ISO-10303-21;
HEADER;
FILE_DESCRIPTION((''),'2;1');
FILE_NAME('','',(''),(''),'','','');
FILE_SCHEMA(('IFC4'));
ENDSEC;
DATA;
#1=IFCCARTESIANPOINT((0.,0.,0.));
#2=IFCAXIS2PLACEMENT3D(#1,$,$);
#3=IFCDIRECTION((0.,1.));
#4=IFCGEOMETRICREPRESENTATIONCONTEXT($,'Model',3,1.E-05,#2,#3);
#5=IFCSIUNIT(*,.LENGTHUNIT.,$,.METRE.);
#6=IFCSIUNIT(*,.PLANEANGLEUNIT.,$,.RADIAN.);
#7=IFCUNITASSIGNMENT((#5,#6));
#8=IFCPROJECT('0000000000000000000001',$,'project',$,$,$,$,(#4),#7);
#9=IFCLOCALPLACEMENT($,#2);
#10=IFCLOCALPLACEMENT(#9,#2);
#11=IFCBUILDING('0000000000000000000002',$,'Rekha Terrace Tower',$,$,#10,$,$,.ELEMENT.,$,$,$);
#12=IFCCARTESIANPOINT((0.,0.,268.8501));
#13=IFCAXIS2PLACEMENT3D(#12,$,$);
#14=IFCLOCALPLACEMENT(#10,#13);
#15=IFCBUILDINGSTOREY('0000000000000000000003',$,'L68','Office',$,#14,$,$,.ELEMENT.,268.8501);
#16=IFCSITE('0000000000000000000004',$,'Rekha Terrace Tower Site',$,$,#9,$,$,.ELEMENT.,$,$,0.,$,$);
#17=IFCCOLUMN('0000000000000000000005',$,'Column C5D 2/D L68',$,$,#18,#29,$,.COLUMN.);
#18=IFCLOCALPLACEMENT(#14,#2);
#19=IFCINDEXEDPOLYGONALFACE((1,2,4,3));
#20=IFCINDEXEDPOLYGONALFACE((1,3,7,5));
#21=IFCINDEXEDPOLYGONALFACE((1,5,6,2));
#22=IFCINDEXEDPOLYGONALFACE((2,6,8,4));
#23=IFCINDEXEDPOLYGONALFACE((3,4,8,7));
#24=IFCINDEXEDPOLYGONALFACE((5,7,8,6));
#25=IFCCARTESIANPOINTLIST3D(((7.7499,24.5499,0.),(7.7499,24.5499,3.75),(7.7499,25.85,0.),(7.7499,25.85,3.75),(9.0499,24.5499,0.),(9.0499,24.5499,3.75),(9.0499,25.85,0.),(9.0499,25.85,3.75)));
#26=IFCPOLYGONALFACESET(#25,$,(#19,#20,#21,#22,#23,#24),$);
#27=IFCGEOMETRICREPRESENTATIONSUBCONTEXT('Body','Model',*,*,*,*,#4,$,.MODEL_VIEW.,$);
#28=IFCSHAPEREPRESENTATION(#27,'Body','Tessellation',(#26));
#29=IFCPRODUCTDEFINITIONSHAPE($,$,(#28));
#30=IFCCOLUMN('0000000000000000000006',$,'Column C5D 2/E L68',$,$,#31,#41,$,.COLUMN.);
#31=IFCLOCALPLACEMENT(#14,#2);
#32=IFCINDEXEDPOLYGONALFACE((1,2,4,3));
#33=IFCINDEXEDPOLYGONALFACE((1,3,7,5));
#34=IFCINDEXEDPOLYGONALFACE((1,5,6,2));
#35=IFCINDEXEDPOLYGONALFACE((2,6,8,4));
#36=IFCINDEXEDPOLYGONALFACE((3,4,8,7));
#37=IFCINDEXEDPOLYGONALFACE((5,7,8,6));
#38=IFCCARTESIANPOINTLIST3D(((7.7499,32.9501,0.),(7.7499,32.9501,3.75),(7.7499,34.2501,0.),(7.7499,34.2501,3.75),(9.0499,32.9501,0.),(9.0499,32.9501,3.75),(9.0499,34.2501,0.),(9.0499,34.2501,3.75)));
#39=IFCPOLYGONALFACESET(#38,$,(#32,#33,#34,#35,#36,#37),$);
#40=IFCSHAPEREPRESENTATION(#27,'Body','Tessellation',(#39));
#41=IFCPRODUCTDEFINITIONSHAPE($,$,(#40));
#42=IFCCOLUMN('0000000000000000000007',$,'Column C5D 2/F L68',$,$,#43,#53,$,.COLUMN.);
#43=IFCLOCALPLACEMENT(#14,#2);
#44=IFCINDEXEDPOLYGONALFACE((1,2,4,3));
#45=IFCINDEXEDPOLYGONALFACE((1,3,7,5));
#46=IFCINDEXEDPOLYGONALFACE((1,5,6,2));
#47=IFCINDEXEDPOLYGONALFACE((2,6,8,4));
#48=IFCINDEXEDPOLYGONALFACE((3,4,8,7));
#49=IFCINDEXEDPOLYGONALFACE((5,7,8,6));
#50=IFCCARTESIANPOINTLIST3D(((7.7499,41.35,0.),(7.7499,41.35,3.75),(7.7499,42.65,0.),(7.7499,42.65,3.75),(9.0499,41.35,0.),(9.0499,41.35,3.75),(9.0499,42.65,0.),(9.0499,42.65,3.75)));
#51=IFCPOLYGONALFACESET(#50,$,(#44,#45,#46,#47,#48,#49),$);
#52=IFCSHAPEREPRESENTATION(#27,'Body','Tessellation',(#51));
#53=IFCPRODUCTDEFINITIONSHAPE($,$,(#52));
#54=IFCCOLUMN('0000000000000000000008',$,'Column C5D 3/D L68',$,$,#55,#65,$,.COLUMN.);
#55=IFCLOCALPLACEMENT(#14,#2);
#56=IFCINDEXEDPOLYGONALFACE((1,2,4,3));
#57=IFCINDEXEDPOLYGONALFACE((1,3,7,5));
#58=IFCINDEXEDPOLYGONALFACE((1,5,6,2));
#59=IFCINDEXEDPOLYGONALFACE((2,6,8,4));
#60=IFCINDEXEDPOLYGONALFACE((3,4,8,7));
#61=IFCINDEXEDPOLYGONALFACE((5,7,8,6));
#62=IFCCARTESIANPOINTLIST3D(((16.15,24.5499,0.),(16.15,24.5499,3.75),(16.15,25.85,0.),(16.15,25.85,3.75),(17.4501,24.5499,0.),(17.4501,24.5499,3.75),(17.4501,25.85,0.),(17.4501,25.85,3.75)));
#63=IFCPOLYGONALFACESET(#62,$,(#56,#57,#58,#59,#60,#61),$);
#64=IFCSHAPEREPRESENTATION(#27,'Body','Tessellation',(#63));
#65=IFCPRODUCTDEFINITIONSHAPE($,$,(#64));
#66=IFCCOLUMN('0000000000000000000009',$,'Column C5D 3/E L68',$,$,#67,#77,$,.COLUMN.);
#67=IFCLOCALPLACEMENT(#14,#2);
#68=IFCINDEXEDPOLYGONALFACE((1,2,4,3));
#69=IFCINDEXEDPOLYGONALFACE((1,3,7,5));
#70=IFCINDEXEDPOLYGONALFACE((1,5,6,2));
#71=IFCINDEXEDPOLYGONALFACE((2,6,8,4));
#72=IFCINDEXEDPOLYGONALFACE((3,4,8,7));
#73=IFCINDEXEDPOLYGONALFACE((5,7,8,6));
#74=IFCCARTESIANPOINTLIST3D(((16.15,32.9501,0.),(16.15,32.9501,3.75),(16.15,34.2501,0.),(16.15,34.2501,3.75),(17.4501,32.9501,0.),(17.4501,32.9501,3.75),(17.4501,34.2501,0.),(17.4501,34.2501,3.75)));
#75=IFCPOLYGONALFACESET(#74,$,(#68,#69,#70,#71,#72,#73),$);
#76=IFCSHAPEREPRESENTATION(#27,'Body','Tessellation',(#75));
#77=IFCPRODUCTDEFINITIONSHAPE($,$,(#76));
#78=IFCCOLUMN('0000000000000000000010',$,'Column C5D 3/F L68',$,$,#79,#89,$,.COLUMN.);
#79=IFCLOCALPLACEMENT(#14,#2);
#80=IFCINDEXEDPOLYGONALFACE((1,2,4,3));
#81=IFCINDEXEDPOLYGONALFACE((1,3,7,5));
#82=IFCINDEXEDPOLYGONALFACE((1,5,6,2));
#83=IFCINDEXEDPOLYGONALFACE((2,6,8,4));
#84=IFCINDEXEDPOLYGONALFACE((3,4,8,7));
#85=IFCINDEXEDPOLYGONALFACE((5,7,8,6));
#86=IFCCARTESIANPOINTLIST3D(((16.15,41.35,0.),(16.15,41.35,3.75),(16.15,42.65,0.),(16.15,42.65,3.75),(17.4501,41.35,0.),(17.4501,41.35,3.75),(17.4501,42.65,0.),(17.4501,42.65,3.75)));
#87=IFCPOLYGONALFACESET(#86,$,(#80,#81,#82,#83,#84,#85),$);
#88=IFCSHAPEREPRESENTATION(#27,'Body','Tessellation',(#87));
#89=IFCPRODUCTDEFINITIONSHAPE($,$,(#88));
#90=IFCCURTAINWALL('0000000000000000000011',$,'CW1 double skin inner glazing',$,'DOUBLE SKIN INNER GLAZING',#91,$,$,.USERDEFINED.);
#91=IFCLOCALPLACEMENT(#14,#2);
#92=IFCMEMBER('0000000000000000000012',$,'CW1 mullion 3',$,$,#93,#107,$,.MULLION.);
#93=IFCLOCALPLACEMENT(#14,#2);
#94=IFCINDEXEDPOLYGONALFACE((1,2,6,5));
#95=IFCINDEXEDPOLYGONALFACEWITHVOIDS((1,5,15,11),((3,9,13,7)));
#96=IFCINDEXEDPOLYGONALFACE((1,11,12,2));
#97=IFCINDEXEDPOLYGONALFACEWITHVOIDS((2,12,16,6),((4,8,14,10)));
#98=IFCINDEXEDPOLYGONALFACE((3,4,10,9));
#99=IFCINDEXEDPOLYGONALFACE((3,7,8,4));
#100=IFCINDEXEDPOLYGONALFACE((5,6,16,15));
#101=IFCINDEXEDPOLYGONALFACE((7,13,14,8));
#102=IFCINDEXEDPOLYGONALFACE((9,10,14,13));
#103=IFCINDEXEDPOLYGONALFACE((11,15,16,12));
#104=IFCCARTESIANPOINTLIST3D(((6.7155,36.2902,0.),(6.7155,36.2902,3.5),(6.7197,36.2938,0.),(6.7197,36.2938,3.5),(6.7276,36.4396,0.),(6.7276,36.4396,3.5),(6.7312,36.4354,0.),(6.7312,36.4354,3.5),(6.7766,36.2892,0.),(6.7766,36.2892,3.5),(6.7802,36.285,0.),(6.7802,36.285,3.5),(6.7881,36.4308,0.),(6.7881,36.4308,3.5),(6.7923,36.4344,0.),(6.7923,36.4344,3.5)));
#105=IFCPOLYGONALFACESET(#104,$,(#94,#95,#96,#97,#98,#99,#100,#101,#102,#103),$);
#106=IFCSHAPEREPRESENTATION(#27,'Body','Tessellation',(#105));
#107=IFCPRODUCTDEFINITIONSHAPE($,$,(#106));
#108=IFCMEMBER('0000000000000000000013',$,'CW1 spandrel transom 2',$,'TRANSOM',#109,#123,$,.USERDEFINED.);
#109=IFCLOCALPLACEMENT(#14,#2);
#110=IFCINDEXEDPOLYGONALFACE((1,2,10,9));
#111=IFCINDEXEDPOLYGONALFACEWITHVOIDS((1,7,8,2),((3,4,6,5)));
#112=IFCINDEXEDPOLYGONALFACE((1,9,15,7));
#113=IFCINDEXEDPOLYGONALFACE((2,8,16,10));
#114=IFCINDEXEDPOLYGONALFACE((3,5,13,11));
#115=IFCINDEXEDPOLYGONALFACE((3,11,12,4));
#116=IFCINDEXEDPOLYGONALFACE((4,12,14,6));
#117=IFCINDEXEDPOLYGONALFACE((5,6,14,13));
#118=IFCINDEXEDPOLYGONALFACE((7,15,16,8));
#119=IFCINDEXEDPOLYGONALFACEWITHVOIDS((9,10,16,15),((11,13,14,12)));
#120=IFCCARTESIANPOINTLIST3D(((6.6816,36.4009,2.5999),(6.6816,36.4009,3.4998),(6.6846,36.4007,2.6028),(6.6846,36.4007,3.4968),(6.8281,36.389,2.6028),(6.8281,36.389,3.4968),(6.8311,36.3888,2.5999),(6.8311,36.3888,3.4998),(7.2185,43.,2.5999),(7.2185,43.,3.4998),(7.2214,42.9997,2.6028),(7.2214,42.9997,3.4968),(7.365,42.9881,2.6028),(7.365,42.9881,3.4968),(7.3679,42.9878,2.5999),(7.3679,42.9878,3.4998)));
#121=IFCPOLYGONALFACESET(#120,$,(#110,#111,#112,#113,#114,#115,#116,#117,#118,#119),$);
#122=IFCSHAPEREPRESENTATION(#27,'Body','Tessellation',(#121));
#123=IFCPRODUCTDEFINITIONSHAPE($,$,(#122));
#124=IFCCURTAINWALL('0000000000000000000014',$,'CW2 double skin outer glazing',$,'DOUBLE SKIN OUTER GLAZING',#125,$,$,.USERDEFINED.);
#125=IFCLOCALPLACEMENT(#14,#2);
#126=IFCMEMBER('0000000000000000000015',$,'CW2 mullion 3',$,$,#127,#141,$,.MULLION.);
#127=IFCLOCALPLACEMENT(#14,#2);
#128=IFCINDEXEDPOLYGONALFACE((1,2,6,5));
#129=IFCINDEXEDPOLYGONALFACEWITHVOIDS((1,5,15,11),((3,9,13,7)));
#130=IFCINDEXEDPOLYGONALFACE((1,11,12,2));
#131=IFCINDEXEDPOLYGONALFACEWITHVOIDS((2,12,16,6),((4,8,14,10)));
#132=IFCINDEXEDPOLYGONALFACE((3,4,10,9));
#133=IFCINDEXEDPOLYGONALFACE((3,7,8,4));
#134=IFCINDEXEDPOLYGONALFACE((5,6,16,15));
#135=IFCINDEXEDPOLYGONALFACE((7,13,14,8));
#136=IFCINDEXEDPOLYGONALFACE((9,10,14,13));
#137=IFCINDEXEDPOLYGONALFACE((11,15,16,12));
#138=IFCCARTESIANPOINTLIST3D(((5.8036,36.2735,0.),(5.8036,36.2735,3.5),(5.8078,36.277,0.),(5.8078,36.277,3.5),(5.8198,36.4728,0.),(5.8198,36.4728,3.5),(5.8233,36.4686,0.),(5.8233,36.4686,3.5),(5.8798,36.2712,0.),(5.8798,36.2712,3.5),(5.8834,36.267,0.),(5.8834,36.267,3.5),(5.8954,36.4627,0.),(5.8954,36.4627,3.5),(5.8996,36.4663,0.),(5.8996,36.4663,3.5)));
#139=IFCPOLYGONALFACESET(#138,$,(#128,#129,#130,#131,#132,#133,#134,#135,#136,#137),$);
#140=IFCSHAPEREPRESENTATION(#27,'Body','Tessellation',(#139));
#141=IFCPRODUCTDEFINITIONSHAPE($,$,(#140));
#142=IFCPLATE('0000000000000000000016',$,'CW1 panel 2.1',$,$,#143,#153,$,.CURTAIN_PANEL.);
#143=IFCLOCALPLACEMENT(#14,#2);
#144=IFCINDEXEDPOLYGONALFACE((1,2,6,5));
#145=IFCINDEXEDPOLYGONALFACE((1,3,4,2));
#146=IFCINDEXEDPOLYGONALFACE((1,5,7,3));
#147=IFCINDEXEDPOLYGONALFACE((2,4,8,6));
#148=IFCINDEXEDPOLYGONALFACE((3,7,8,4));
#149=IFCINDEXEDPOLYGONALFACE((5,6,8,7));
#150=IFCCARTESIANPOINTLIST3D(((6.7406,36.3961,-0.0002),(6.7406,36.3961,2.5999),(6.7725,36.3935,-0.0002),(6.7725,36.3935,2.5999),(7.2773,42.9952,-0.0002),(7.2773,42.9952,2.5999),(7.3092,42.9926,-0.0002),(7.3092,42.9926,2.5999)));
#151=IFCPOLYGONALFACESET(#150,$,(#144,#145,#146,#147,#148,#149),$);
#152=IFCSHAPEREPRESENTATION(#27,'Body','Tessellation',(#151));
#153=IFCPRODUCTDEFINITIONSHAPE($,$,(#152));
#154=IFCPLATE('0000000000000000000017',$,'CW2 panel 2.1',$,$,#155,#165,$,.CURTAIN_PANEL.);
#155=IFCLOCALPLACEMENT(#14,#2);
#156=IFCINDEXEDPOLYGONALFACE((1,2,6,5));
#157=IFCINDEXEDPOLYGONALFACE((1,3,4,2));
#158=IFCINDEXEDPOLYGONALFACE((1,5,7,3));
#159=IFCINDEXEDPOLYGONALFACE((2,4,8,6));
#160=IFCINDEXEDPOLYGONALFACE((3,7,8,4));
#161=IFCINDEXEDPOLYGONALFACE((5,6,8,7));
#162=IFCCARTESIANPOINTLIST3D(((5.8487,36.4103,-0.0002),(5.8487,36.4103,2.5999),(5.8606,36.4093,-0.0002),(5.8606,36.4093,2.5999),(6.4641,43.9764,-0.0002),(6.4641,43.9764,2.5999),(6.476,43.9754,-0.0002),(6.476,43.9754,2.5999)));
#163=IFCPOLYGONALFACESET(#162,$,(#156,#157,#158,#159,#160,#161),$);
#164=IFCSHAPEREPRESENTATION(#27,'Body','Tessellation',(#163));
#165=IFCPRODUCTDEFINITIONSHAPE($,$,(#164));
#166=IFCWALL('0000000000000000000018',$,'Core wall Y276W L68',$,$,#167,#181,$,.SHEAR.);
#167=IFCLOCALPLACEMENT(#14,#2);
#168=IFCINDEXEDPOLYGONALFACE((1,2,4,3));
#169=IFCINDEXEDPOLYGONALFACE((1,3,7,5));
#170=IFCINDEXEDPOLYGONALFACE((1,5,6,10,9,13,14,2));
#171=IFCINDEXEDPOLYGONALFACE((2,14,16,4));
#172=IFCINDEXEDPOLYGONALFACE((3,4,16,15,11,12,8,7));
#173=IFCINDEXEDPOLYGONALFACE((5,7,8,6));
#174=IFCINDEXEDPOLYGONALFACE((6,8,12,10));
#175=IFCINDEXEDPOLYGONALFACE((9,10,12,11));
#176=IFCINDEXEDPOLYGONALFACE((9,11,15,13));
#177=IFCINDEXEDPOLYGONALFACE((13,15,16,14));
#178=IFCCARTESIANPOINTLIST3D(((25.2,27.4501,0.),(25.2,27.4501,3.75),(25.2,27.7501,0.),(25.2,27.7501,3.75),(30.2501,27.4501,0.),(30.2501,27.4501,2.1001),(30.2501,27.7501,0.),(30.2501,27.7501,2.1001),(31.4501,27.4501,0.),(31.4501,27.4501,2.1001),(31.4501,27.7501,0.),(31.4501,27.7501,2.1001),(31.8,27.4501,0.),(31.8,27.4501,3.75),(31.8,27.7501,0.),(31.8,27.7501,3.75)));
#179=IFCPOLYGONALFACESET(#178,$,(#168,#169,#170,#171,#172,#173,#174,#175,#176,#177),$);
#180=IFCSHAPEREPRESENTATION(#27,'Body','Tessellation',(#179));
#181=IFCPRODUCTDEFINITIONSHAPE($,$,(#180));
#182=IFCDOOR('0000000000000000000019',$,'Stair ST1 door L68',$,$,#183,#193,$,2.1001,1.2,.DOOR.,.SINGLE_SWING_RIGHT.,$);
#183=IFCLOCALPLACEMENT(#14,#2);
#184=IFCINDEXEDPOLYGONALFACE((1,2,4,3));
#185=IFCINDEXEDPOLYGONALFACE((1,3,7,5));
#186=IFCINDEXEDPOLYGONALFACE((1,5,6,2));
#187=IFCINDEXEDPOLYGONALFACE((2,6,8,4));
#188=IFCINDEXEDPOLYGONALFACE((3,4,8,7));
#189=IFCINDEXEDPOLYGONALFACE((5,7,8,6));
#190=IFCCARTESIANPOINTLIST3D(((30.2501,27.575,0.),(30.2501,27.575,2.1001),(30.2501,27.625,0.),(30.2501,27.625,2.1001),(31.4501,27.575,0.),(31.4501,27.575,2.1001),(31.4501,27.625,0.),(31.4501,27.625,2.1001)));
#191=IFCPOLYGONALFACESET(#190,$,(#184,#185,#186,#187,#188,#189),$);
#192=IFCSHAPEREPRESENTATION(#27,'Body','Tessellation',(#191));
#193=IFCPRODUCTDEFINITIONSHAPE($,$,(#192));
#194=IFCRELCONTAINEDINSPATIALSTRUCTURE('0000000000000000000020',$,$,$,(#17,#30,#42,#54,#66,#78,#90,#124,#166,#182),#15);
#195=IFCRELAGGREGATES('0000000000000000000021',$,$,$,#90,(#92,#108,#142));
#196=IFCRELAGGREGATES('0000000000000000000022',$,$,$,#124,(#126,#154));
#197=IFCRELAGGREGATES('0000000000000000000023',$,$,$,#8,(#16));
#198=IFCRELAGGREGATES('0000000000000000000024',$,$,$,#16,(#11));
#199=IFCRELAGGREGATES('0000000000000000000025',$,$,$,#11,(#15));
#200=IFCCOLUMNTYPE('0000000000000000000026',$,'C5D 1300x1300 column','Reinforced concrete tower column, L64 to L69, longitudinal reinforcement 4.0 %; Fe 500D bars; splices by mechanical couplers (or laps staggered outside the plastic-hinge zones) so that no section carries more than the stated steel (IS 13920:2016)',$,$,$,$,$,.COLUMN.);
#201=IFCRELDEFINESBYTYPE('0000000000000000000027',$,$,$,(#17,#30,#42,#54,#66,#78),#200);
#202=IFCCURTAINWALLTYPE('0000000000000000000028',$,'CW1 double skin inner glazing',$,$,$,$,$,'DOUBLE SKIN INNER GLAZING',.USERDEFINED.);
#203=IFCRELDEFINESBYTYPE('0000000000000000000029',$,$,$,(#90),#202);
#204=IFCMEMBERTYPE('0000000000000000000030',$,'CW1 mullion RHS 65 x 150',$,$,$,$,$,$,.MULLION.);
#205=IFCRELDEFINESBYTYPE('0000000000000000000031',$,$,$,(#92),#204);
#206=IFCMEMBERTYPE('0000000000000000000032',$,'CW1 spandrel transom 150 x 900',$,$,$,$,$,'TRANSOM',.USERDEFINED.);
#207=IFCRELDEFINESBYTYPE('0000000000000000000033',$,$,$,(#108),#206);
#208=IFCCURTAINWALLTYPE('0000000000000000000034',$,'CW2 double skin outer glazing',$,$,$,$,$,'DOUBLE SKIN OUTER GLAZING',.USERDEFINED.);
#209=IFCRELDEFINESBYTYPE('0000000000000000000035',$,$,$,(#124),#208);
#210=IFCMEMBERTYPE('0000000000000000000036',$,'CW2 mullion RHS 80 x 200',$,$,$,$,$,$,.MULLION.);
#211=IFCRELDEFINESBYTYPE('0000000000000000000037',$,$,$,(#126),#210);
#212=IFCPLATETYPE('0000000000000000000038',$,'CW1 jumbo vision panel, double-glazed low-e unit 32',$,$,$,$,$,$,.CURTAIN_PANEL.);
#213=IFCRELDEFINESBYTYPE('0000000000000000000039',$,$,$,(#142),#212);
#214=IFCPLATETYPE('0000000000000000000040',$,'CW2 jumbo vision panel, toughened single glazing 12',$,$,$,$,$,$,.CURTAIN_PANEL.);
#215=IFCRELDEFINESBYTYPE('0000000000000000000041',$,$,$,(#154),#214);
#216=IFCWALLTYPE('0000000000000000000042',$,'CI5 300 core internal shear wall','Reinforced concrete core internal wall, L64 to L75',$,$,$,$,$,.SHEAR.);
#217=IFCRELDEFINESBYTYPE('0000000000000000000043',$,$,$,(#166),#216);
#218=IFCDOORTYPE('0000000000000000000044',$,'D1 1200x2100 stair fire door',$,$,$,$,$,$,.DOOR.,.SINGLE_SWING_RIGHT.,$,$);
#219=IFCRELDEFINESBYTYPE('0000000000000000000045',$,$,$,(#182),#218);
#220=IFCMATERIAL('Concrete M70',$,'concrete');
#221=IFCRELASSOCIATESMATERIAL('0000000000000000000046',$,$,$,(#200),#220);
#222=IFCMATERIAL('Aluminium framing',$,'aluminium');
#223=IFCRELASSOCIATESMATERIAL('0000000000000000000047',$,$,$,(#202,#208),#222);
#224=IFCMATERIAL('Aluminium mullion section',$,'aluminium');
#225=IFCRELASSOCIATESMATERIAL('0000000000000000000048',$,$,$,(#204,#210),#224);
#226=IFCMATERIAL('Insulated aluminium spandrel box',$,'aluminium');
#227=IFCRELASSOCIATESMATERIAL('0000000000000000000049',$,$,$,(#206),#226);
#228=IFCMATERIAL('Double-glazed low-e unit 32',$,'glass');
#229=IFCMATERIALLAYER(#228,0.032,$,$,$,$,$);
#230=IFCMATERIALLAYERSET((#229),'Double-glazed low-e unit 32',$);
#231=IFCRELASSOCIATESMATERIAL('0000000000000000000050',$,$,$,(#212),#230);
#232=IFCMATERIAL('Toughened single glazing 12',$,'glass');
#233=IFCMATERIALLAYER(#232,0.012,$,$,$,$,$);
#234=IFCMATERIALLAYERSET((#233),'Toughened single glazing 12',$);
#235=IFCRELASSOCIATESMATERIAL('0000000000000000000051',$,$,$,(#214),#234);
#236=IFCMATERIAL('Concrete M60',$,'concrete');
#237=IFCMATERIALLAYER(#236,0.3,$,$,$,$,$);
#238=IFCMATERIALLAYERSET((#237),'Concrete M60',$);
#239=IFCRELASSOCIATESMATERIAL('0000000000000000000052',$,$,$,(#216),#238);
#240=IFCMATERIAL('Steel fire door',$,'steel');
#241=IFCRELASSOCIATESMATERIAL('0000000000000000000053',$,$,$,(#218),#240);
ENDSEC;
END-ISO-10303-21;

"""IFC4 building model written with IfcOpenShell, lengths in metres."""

from ifc_helpers import new_model, si_unit, direction, frame, frame_2d, origin, origin_2d, place, context, subcontext, project, spatial, rectangle, hollow_rectangle, extrude, material, layer, layer_set, material_profile, profile_set, type_object, element, fill, aggregate, save


model = new_model("IFC4")

# Units and contexts
model_context = context("Model", 3, precision=1e-05, world=origin(), true_north=direction((0.0, 1.0)))
body_context = subcontext(model_context, "Body", "Model", "MODEL_VIEW")
ifc_project = project(units=[si_unit("LENGTHUNIT", "METRE"), si_unit("PLANEANGLEUNIT", "RADIAN")], contexts=[model_context])

# Site, building, storey
site_placement = place(None, origin())
site = spatial("IfcSite", under=ifc_project, at=site_placement, Name="Rekha Terrace Tower Site", CompositionType="ELEMENT", RefElevation=0.0)
building_placement = place(site_placement, origin())
building = spatial("IfcBuilding", under=site, at=building_placement, Name="Rekha Terrace Tower", CompositionType="ELEMENT")
storey_placement = place(building_placement, frame((0.0, 0.0, 268.8501)))
storey = spatial("IfcBuildingStorey", under=building, at=storey_placement, Name="L68", Description="Office", CompositionType="ELEMENT", Elevation=268.8501)

# Columns
ifc_material_1 = material(Name="Concrete M70", Category="concrete")
ifc_material_profile_1 = material_profile(ifc_material_1, rectangle(XDim=1.3, YDim=1.3, at=origin_2d()), Name="RC 1300x1300")
ifc_profile_set_1 = profile_set([ifc_material_profile_1], Name="Concrete M70")
column_type = type_object("IfcColumnType", Name="C5D 1300x1300 column", Description="Reinforced concrete tower column, L64 to L69, longitudinal reinforcement 4.0 %; Fe 500D bars; splices by mechanical couplers (or laps staggered outside the plastic-hinge zones) so that no section carries more than the stated steel (IS 13920:2016)", PredefinedType="COLUMN", material=ifc_profile_set_1)
for number, where, z_axis, x_axis, name in (
    (1, (8.3999, 25.2, 0.0), (0.0, 0.0, 1.0), (1.0, 0.0, 0.0), "Column C5D 2/D L68"),
    (2, (8.3999, 33.6001, 0.0), (0.0, 0.0, 1.0), (1.0, 0.0, 0.0), "Column C5D 2/E L68"),
    (3, (8.3999, 42.0, 0.0), (0.0, 0.0, 1.0), (1.0, 0.0, 0.0), "Column C5D 2/F L68"),
    (4, (16.8, 25.2, 0.0), (0.0, 0.0, 1.0), (1.0, 0.0, 0.0), "Column C5D 3/D L68"),
    (5, (16.8, 33.6001, 0.0), (0.0, 0.0, 1.0), (1.0, 0.0, 0.0), "Column C5D 3/E L68"),
    (6, (16.8, 42.0, 0.0), (0.0, 0.0, 1.0), (1.0, 0.0, 0.0), "Column C5D 3/F L68"),
):
    element("IfcColumn", number, at=place(storey_placement, frame(where, z_axis=z_axis, x_axis=x_axis)), inside=storey, type_object=column_type, Name=name, PredefinedType="COLUMN", context=body_context, shape_type="SweptSolid", body=[
        extrude(rectangle(XDim=1.3, YDim=1.3, at=origin_2d()), origin(), (0.0, 0.0, 1.0), 3.75),
    ])

# Curtain wall, members
ifc_material_2 = material(Name="Aluminium framing", Category="aluminium")
curtain_wall_type_1 = type_object("IfcCurtainWallType", Name="CW1 double skin inner glazing", ElementType="DOUBLE SKIN INNER GLAZING", PredefinedType="USERDEFINED", material=ifc_material_2)
curtain_wall_1_placement = place(storey_placement, origin())
curtain_wall_1 = element("IfcCurtainWall", 7, at=curtain_wall_1_placement, inside=storey, type_object=curtain_wall_type_1, Name="CW1 double skin inner glazing", ObjectType="DOUBLE SKIN INNER GLAZING", PredefinedType="USERDEFINED")
ifc_material_3 = material(Name="Aluminium mullion section", Category="aluminium")
ifc_material_profile_2 = material_profile(ifc_material_3, hollow_rectangle(XDim=0.0649, YDim=0.1499, WallThickness=0.0039, at=origin_2d()), Name="AL RHS 65x150")
ifc_profile_set_2 = profile_set([ifc_material_profile_2], Name="Aluminium mullion section")
member_type_1 = type_object("IfcMemberType", Name="CW1 mullion RHS 65 x 150", PredefinedType="MULLION", material=ifc_profile_set_2)
member_1_placement = place(storey_placement, frame((6.7539, 36.3623, 0.0), z_axis=(0.0, 0.0, 1.0), x_axis=(0.996709, -0.081068, 0.0)))
member_1 = element("IfcMember", 8, at=member_1_placement, type_object=member_type_1, Name="CW1 mullion 3", PredefinedType="MULLION", context=body_context, shape_type="SweptSolid", body=[
    extrude(hollow_rectangle(XDim=0.0649, YDim=0.1499, WallThickness=0.0039, at=origin_2d()), origin(), (0.0, 0.0, 1.0), 3.5),
])
ifc_material_4 = material(Name="Insulated aluminium spandrel box", Category="aluminium")
ifc_material_profile_3 = material_profile(ifc_material_4, hollow_rectangle(XDim=0.1499, YDim=0.8999, WallThickness=0.0029, at=origin_2d()), Name="AL SPANDREL BOX 150x900")
ifc_profile_set_3 = profile_set([ifc_material_profile_3], Name="Insulated aluminium spandrel box")
member_type_2 = type_object("IfcMemberType", Name="CW1 spandrel transom 150 x 900", ElementType="TRANSOM", PredefinedType="USERDEFINED", material=ifc_profile_set_3)
member_2_placement = place(storey_placement, frame((7.2932, 42.9939, 3.0498), z_axis=(-0.081086, -0.996707, 0.0), x_axis=(0.996707, -0.081086, 0.0)))
member_2 = element("IfcMember", 9, at=member_2_placement, type_object=member_type_2, Name="CW1 spandrel transom 2", ObjectType="TRANSOM", PredefinedType="USERDEFINED", context=body_context, shape_type="SweptSolid", body=[
    extrude(hollow_rectangle(XDim=0.1499, YDim=0.8999, WallThickness=0.0029, at=origin_2d()), origin(), (0.0, 0.0, 1.0), 6.6208),
])

# Curtain wall, member
curtain_wall_type_2 = type_object("IfcCurtainWallType", Name="CW2 double skin outer glazing", ElementType="DOUBLE SKIN OUTER GLAZING", PredefinedType="USERDEFINED", material=ifc_material_2)
curtain_wall_2_placement = place(storey_placement, origin())
curtain_wall_2 = element("IfcCurtainWall", 10, at=curtain_wall_2_placement, inside=storey, type_object=curtain_wall_type_2, Name="CW2 double skin outer glazing", ObjectType="DOUBLE SKIN OUTER GLAZING", PredefinedType="USERDEFINED")
ifc_material_profile_4 = material_profile(ifc_material_3, hollow_rectangle(XDim=0.0801, YDim=0.2, WallThickness=0.0039, at=origin_2d()), Name="AL RHS 80x200")
ifc_profile_set_4 = profile_set([ifc_material_profile_4], Name="Aluminium mullion section")
member_type_3 = type_object("IfcMemberType", Name="CW2 mullion RHS 80 x 200", PredefinedType="MULLION", material=ifc_profile_set_4)
member_3_placement = place(storey_placement, frame((5.8516, 36.3699, 0.0), z_axis=(0.0, 0.0, 1.0), x_axis=(0.996709, -0.081068, 0.0)))
member_3 = element("IfcMember", 11, at=member_3_placement, type_object=member_type_3, Name="CW2 mullion 3", PredefinedType="MULLION", context=body_context, shape_type="SweptSolid", body=[
    extrude(hollow_rectangle(XDim=0.0801, YDim=0.2, WallThickness=0.0039, at=origin_2d()), origin(), (0.0, 0.0, 1.0), 3.5),
])

# Plates
ifc_material_5 = material(Name="Double-glazed low-e unit 32", Category="glass")
ifc_layer_1 = layer(ifc_material_5, 0.032)
ifc_layer_set_1 = layer_set([ifc_layer_1], Name="Double-glazed low-e unit 32")
plate_type_1 = type_object("IfcPlateType", Name="CW1 jumbo vision panel, double-glazed low-e unit 32", PredefinedType="CURTAIN_PANEL", material=ifc_layer_set_1)
plate_1_placement = place(storey_placement, frame((7.0249, 39.6943, -0.0002), z_axis=(0.0, 0.0, 1.0), x_axis=(-0.081068, -0.996709, 0.0)))
plate_1 = element("IfcPlate", 12, at=plate_1_placement, type_object=plate_type_1, Name="CW1 panel 2.1", PredefinedType="CURTAIN_PANEL", context=body_context, shape_type="SweptSolid", body=[
    extrude(rectangle(XDim=6.6208, YDim=0.032, at=origin_2d()), origin(), (0.0, 0.0, 1.0), 2.6001),
])
aggregate(curtain_wall_1, [member_1, member_2, plate_1])
ifc_material_6 = material(Name="Toughened single glazing 12", Category="glass")
ifc_layer_2 = layer(ifc_material_6, 0.012)
ifc_layer_set_2 = layer_set([ifc_layer_2], Name="Toughened single glazing 12")
plate_type_2 = type_object("IfcPlateType", Name="CW2 jumbo vision panel, toughened single glazing 12", PredefinedType="CURTAIN_PANEL", material=ifc_layer_set_2)
plate_2_placement = place(storey_placement, frame((6.1624, 40.1929, -0.0002), z_axis=(0.0, 0.0, 1.0), x_axis=(-0.081068, -0.996709, 0.0)))
plate_2 = element("IfcPlate", 13, at=plate_2_placement, type_object=plate_type_2, Name="CW2 panel 2.1", PredefinedType="CURTAIN_PANEL", context=body_context, shape_type="SweptSolid", body=[
    extrude(rectangle(XDim=7.5911, YDim=0.012, at=origin_2d()), origin(), (0.0, 0.0, 1.0), 2.6001),
])
aggregate(curtain_wall_2, [member_3, plate_2])

# Wall, opening, door
ifc_material_7 = material(Name="Concrete M60", Category="concrete")
ifc_layer_3 = layer(ifc_material_7, 0.3)
ifc_layer_set_3 = layer_set([ifc_layer_3], Name="Concrete M60")
wall_type_1 = type_object("IfcWallType", Name="CI5 300 core internal shear wall", Description="Reinforced concrete core internal wall, L64 to L75", PredefinedType="SHEAR", material=ifc_layer_set_3)
wall_1_placement = place(storey_placement, frame((25.2, 27.6001, 0.0), z_axis=(0.0, 0.0, 1.0), x_axis=(1.0, 0.0, 0.0)))
wall_1 = element("IfcWall", 14, at=wall_1_placement, inside=storey, type_object=wall_type_1, Name="Core wall Y276W L68", PredefinedType="SHEAR", context=body_context, shape_type="SweptSolid", body=[
    extrude(rectangle(XDim=6.6001, YDim=0.3, at=frame_2d((3.3, 0.0))), origin(), (0.0, 0.0, 1.0), 3.75),
])
opening_1_placement = place(wall_1_placement, frame((5.05, 0.0, 0.0)))
opening_1 = element("IfcOpeningElement", 15, at=opening_1_placement, cuts=wall_1, PredefinedType="OPENING", context=body_context, shape_type="SweptSolid", body=[
    extrude(rectangle(XDim=1.2, YDim=2.1001, at=frame_2d((0.6001, 1.05))), frame((0.0, 0.1599, 0.0), z_axis=(0.0, -1.0, 0.0), x_axis=(1.0, 0.0, 0.0)), (0.0, 0.0, 1.0), 0.3201),
])
ifc_material_8 = material(Name="Steel fire door", Category="steel")
door_type_1 = type_object("IfcDoorType", Name="D1 1200x2100 stair fire door", OperationType="SINGLE_SWING_RIGHT", PredefinedType="DOOR", material=ifc_material_8)
door_1_placement = place(opening_1_placement, origin())
door_1 = element("IfcDoor", 16, at=door_1_placement, inside=storey, type_object=door_type_1, Name="Stair ST1 door L68", OperationType="SINGLE_SWING_RIGHT", OverallHeight=2.1001, OverallWidth=1.2, PredefinedType="DOOR", context=body_context, shape_type="SweptSolid", body=[
    extrude(rectangle(XDim=1.2, YDim=2.1001, at=frame_2d((0.6001, 1.05))), frame((0.0, 0.0249, 0.0), z_axis=(0.0, -1.0, 0.0), x_axis=(1.0, 0.0, 0.0)), (0.0, 0.0, 1.0), 0.05),
])
fill(opening_1, door_1)

save(model, "model.ifc")
